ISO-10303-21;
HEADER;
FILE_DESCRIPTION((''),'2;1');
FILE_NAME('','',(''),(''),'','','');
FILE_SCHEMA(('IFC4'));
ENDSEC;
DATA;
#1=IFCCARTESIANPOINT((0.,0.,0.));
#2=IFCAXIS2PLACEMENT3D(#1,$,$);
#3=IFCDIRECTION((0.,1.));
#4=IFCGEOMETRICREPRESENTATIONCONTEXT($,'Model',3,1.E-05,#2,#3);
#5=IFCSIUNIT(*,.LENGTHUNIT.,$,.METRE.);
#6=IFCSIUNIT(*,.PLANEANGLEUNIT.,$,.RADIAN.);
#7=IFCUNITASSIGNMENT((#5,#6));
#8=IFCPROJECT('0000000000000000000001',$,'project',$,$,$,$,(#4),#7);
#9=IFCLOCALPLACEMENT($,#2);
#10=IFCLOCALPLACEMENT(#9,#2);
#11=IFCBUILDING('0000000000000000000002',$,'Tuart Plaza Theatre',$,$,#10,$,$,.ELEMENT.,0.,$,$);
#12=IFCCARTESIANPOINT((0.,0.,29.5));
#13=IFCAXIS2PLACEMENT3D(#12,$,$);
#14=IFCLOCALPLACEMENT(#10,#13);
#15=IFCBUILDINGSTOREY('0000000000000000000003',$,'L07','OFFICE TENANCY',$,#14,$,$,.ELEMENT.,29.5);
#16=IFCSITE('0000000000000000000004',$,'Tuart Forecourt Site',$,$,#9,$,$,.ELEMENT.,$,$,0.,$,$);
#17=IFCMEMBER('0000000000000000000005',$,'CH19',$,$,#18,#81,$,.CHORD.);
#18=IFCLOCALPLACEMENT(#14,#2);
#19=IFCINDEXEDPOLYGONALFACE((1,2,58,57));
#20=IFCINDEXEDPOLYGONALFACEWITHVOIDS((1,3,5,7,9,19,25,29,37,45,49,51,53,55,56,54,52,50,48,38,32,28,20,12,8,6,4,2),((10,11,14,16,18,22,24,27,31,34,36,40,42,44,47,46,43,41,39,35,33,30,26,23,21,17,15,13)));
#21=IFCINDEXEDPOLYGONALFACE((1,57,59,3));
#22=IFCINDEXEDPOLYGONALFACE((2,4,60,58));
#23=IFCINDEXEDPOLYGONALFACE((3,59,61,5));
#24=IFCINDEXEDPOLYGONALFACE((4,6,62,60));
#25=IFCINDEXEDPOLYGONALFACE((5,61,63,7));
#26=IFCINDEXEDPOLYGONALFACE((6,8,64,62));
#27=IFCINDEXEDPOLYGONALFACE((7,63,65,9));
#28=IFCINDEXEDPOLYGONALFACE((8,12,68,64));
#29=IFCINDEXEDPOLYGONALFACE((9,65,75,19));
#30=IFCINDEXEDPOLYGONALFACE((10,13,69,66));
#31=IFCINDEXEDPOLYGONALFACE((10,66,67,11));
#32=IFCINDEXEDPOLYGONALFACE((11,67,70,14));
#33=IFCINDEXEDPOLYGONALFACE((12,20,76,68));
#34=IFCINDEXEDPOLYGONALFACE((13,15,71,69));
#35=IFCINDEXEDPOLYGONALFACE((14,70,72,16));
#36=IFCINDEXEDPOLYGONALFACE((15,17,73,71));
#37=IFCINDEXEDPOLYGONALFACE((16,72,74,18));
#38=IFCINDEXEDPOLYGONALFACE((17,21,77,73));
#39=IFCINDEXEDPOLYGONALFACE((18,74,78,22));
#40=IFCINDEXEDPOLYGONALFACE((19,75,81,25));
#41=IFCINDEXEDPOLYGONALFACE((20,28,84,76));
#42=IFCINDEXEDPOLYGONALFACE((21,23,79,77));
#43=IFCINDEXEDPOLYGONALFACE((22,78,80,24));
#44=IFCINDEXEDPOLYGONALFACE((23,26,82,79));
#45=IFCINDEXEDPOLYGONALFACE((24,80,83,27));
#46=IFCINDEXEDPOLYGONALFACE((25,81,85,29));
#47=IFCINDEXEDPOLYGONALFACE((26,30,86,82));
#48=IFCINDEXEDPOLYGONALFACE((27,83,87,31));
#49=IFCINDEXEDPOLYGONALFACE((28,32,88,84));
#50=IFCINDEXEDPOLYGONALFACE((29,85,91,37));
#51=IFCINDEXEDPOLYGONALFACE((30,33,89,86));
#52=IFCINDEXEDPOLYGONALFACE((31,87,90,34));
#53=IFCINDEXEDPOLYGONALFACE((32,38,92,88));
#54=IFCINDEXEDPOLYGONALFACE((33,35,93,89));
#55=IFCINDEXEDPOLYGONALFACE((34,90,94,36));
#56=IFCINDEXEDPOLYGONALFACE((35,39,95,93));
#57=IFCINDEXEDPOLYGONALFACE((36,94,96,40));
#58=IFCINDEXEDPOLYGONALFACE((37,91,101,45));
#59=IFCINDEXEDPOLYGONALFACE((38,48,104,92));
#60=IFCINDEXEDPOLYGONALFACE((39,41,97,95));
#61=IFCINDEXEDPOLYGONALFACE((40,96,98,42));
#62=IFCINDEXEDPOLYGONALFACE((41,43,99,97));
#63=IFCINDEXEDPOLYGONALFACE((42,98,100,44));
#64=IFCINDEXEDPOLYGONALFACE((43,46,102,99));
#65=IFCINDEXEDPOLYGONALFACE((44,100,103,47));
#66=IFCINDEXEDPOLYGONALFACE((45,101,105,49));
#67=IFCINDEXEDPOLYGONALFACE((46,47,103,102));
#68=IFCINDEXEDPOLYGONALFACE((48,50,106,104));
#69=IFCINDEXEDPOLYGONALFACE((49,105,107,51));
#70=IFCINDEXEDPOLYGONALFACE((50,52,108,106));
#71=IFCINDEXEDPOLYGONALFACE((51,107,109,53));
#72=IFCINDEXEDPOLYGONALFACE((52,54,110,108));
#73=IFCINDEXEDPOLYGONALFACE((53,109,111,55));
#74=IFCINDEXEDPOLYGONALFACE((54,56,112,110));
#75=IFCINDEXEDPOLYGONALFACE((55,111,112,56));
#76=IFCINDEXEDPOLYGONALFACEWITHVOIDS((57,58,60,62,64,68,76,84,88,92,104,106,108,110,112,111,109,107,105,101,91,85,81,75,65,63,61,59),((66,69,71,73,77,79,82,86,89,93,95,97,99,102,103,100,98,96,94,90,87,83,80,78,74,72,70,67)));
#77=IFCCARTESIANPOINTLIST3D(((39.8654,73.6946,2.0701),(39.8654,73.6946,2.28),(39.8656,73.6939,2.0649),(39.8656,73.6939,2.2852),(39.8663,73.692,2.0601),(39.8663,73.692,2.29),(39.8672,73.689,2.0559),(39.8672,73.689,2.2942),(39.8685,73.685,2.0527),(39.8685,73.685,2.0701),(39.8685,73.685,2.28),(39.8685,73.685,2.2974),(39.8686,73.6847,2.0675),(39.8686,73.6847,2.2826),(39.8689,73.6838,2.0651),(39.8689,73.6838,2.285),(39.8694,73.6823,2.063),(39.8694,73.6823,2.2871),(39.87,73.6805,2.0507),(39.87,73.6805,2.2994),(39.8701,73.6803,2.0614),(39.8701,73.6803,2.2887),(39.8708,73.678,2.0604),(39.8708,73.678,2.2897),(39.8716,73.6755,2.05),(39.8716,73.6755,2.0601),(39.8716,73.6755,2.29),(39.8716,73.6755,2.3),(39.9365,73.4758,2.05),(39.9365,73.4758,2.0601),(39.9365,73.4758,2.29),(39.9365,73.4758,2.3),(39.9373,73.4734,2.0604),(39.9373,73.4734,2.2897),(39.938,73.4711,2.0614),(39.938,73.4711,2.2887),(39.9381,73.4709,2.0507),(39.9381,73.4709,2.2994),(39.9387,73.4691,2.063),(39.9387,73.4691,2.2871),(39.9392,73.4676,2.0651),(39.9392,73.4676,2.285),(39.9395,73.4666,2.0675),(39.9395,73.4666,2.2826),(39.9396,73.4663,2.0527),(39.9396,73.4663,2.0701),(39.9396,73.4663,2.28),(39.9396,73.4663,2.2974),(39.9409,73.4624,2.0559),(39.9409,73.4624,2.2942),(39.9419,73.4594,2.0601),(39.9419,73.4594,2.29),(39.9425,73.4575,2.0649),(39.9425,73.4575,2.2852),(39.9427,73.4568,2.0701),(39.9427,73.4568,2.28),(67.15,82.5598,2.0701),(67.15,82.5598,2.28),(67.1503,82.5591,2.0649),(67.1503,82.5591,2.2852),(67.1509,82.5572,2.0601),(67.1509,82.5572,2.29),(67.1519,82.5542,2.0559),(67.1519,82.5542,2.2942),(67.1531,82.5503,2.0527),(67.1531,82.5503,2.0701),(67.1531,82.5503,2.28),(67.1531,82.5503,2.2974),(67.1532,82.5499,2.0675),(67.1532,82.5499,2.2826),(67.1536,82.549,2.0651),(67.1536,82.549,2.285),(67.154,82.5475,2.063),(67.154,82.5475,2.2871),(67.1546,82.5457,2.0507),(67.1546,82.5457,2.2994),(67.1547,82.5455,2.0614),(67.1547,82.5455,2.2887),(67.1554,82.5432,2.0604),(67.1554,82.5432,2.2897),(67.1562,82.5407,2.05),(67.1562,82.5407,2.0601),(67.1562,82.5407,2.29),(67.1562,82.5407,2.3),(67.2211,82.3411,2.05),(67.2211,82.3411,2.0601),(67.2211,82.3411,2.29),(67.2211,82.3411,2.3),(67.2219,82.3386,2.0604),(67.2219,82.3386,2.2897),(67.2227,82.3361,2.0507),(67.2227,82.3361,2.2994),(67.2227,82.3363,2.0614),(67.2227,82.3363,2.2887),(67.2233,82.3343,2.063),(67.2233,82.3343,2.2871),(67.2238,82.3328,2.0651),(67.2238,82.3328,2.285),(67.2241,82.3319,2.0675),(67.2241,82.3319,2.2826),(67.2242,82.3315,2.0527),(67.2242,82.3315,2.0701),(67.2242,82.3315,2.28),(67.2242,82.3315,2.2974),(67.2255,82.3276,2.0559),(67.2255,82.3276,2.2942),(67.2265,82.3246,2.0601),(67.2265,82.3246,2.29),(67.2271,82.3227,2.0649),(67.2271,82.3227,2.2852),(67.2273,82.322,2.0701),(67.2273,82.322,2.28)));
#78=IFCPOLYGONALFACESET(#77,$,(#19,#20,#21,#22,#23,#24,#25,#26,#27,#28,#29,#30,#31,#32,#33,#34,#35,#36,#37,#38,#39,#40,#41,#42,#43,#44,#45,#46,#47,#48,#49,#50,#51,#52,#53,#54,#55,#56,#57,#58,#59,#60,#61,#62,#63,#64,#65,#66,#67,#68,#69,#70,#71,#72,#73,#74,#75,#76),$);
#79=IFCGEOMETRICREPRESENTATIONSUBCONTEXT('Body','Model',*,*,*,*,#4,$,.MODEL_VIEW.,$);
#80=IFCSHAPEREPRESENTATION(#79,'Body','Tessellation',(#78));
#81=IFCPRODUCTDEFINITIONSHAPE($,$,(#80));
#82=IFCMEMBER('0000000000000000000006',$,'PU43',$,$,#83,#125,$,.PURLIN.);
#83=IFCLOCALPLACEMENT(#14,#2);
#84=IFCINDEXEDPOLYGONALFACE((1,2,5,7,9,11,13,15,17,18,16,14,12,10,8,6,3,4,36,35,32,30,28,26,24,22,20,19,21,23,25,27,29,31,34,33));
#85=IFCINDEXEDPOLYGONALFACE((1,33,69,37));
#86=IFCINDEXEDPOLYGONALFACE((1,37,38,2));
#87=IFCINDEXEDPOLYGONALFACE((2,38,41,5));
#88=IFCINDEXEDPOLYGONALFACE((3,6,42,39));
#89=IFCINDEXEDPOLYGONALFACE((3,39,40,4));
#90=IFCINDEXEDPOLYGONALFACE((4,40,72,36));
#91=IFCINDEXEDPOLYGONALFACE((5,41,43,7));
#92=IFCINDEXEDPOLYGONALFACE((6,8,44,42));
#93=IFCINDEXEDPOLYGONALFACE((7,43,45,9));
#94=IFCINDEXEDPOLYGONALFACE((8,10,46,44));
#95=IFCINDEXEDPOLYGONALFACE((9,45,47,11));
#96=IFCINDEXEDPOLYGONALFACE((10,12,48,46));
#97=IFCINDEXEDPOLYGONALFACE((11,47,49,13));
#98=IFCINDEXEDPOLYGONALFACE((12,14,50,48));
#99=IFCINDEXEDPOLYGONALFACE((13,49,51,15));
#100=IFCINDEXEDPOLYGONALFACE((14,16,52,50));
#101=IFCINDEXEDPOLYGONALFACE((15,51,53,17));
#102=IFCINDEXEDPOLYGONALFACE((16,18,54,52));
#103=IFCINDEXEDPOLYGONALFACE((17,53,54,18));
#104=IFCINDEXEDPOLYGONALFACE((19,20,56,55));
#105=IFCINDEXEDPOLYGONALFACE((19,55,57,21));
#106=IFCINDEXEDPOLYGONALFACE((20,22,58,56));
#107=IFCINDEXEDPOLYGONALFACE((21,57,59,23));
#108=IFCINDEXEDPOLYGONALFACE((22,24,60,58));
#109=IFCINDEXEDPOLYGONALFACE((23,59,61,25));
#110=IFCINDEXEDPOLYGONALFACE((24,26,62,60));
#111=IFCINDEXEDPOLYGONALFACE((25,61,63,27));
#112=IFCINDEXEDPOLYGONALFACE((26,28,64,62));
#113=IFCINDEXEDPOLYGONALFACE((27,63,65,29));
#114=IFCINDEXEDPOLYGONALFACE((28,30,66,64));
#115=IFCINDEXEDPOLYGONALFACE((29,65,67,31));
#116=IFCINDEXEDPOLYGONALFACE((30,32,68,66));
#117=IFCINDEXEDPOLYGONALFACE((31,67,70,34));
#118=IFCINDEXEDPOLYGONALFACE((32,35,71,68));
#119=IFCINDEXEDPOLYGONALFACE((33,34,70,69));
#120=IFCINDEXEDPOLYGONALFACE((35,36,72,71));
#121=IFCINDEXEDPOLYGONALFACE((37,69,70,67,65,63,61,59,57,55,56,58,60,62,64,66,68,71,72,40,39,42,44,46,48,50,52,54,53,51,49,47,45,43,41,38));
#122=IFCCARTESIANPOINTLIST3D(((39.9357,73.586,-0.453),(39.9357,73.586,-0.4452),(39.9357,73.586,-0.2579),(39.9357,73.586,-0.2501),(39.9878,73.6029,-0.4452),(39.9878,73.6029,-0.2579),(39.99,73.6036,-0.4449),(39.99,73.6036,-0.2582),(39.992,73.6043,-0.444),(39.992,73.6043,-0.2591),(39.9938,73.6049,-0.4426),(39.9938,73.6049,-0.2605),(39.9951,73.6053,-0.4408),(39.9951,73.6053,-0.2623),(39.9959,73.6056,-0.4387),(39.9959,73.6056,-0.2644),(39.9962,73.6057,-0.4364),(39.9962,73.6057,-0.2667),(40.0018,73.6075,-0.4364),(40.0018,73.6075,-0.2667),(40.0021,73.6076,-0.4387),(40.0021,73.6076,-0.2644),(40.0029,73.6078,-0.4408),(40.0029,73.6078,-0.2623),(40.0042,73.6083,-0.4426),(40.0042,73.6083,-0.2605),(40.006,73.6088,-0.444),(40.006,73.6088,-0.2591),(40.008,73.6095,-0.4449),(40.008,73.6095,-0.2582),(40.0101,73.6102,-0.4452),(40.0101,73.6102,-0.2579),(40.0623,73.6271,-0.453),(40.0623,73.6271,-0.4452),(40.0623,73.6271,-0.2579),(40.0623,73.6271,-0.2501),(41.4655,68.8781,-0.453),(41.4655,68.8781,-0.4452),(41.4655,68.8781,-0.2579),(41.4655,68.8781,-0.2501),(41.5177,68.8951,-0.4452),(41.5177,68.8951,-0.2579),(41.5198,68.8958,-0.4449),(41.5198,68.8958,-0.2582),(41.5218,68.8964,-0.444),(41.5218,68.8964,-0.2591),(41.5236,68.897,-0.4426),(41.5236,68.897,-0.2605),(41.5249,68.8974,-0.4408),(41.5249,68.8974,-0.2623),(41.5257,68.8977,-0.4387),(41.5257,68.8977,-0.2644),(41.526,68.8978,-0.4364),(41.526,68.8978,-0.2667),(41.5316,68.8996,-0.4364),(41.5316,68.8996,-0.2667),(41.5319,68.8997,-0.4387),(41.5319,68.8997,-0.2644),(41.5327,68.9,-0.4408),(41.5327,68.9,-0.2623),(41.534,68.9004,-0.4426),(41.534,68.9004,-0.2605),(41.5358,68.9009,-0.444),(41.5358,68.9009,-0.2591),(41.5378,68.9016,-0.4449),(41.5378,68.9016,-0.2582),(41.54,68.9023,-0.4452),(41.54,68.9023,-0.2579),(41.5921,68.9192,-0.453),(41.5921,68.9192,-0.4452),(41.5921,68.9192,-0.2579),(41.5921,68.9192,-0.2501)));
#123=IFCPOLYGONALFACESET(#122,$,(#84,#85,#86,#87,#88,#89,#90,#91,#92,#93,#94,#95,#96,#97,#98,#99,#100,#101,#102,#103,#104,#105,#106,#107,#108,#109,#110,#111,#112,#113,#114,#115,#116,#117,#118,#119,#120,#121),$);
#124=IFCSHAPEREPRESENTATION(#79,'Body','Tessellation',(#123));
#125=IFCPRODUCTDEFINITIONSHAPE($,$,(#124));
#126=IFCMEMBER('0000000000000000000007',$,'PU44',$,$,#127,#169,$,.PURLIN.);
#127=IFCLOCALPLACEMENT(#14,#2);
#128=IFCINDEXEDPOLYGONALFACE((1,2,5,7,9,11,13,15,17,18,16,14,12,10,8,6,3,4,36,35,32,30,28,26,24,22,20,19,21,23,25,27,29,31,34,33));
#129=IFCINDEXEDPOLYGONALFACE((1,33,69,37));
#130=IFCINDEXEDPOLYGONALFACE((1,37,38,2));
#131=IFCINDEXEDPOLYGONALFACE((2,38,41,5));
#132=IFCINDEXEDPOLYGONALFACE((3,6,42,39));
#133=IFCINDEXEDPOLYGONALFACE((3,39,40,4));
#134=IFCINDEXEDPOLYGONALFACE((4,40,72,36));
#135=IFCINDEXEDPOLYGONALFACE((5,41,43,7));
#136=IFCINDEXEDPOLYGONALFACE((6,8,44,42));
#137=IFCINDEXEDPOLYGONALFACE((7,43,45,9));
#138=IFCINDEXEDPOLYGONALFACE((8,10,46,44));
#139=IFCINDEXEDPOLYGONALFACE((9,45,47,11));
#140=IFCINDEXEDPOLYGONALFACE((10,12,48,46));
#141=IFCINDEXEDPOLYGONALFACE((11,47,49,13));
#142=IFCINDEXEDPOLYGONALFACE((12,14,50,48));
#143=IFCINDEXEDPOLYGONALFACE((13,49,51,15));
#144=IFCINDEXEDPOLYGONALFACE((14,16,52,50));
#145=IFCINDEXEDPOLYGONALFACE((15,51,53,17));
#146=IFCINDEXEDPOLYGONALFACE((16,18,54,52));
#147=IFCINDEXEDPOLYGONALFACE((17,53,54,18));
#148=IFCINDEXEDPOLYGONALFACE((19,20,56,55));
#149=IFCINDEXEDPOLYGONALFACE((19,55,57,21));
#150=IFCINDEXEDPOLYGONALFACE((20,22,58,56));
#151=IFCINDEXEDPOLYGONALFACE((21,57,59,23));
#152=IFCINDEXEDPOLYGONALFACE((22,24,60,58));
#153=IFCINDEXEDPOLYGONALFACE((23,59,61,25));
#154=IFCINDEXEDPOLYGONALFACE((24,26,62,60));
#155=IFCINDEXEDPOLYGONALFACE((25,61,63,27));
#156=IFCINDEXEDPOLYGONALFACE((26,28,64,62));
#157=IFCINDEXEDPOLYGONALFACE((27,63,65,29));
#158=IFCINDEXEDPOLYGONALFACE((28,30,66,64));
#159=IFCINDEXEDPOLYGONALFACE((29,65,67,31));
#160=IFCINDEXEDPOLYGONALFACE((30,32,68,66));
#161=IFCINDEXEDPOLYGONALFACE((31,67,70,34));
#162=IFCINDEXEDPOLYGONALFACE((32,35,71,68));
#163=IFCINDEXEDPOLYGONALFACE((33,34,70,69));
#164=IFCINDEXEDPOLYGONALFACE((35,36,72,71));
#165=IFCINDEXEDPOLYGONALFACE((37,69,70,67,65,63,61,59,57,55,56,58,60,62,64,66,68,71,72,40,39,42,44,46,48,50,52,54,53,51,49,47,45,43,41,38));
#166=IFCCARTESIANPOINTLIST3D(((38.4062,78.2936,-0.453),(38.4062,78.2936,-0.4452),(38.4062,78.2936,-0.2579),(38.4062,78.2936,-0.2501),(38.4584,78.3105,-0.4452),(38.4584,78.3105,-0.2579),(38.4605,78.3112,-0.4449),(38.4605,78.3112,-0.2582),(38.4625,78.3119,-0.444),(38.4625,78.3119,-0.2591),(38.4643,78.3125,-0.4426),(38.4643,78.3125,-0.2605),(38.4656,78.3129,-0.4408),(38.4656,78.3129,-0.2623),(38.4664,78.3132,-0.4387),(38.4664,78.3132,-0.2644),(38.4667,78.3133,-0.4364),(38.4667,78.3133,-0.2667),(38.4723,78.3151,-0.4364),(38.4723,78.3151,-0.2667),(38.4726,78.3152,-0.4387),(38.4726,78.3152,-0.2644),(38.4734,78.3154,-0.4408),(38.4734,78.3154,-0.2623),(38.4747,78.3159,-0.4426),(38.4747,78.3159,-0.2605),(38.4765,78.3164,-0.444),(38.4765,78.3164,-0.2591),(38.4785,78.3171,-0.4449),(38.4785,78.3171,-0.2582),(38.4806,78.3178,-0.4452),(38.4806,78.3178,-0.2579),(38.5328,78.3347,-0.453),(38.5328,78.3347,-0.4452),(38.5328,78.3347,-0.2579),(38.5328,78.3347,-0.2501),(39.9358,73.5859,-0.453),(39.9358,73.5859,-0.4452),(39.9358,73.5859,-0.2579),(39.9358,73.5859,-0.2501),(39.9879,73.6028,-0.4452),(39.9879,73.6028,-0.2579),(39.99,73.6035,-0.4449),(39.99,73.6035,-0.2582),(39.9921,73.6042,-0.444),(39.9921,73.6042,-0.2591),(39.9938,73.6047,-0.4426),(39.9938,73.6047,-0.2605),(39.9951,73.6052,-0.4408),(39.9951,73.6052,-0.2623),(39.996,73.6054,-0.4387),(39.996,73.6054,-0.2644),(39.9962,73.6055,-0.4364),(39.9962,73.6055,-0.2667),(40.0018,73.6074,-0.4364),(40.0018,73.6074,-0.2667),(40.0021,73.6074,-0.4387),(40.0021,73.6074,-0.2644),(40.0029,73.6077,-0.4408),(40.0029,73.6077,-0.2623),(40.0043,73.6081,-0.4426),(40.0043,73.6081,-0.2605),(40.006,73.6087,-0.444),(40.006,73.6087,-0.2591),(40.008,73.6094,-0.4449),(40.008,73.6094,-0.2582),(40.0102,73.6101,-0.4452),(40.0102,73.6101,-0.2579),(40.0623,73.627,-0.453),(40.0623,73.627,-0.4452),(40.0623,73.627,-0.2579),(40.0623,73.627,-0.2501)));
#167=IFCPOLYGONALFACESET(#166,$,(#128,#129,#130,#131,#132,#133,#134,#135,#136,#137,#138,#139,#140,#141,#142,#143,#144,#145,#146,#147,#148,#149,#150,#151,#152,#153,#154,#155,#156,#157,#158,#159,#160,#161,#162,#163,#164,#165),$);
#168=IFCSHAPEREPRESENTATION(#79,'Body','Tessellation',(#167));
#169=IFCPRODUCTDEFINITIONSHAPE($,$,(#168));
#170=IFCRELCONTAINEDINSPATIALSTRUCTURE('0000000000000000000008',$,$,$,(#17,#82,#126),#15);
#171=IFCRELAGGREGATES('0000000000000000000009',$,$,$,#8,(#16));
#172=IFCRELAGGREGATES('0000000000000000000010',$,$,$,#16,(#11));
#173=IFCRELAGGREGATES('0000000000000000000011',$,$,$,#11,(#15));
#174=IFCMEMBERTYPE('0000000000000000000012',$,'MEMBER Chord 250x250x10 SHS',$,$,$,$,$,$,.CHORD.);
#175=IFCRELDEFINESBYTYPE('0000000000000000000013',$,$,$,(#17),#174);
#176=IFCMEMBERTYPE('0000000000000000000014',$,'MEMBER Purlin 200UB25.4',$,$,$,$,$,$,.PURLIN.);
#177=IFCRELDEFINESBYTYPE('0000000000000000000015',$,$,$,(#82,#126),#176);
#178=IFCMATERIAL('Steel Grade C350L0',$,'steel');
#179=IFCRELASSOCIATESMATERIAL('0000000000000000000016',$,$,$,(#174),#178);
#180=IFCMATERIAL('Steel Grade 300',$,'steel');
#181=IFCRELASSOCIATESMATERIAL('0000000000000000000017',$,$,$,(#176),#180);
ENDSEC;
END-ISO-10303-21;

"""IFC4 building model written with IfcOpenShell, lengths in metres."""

from ifc_helpers import new_model, si_unit, direction, frame, origin, origin_2d, place, context, subcontext, project, spatial, hollow_rectangle, i_section, extrude, material, material_profile, profile_set, type_object, element, save


model = new_model("IFC4")

# Units and contexts
model_context = context("Model", 3, precision=1e-05, world=origin(), true_north=direction((0.0, 1.0)))
body_context = subcontext(model_context, "Body", "Model", "MODEL_VIEW")
ifc_project = project(units=[si_unit("LENGTHUNIT", "METRE"), si_unit("PLANEANGLEUNIT", "RADIAN")], contexts=[model_context])

# Site, building, storey
site_placement = place(None, origin())
site = spatial("IfcSite", under=ifc_project, at=site_placement, Name="Tuart Forecourt Site", CompositionType="ELEMENT", RefElevation=0.0)
building_placement = place(site_placement, origin())
building = spatial("IfcBuilding", under=site, at=building_placement, Name="Tuart Plaza Theatre", CompositionType="ELEMENT", ElevationOfRefHeight=0.0)
storey_placement = place(building_placement, frame((0.0, 0.0, 29.5)))
storey = spatial("IfcBuildingStorey", under=building, at=storey_placement, Name="L07", Description="OFFICE TENANCY", CompositionType="ELEMENT", Elevation=29.5)

# Members
ifc_material_1 = material(Name="Steel Grade C350L0", Category="steel")
ifc_material_profile_1 = material_profile(ifc_material_1, hollow_rectangle(XDim=0.25, YDim=0.25, WallThickness=0.01, InnerFilletRadius=0.01, OuterFilletRadius=0.02, at=origin_2d()), Name="250x250x10 SHS")
ifc_profile_set_1 = profile_set([ifc_material_profile_1], Name="Steel Grade C350L0")
member_type_1 = type_object("IfcMemberType", Name="MEMBER Chord 250x250x10 SHS", PredefinedType="CHORD", material=ifc_profile_set_1)
member_1_placement = place(storey_placement, frame((39.9041, 73.5757, 2.175), z_axis=(0.951057, 0.309014, 0.0), x_axis=(-0.309014, 0.951057, 0.0)))
element("IfcMember", 1, at=member_1_placement, inside=storey, type_object=member_type_1, Name="CH19", PredefinedType="CHORD", context=body_context, shape_type="SweptSolid", body=[
    extrude(hollow_rectangle(XDim=0.25, YDim=0.25, WallThickness=0.01, InnerFilletRadius=0.01, OuterFilletRadius=0.02, at=origin_2d()), origin(), (0.0, 0.0, 1.0), 28.6887),
])
ifc_material_2 = material(Name="Steel Grade 300", Category="steel")
ifc_material_profile_2 = material_profile(ifc_material_2, i_section(OverallWidth=0.1331, OverallDepth=0.2029, WebThickness=0.0059, FlangeThickness=0.0078, FilletRadius=0.0088, at=origin_2d()), Name="200UB25.4")
ifc_profile_set_2 = profile_set([ifc_material_profile_2], Name="Steel Grade 300")
member_type_2 = type_object("IfcMemberType", Name="MEMBER Purlin 200UB25.4", PredefinedType="PURLIN", material=ifc_profile_set_2)
member_2_placement = place(storey_placement, frame((41.5288, 68.8987, -0.3516), z_axis=(-0.309043, 0.951048, 0.0), x_axis=(-0.951048, -0.309043, 0.0)))
element("IfcMember", 2, at=member_2_placement, inside=storey, type_object=member_type_2, Name="PU43", PredefinedType="PURLIN", context=body_context, shape_type="SweptSolid", body=[
    extrude(i_section(OverallWidth=0.1331, OverallDepth=0.2029, WebThickness=0.0059, FlangeThickness=0.0078, FilletRadius=0.0088, at=origin_2d()), origin(), (0.0, 0.0, 1.0), 4.9502),
])
for number, where, z_axis, x_axis, name in (
    (3, (39.999, 73.6064, -0.3516), (-0.308998, 0.951063, 0.0), (-0.951063, -0.308998, 0.0), "PU44"),
):
    element("IfcMember", number, at=place(storey_placement, frame(where, z_axis=z_axis, x_axis=x_axis)), inside=storey, type_object=member_type_2, Name=name, PredefinedType="PURLIN", context=body_context, shape_type="SweptSolid", body=[
        extrude(i_section(OverallWidth=0.1331, OverallDepth=0.2029, WebThickness=0.0059, FlangeThickness=0.0078, FilletRadius=0.0088, at=origin_2d()), origin(), (0.0, 0.0, 1.0), 4.95),
    ])

save(model, "model.ifc")
